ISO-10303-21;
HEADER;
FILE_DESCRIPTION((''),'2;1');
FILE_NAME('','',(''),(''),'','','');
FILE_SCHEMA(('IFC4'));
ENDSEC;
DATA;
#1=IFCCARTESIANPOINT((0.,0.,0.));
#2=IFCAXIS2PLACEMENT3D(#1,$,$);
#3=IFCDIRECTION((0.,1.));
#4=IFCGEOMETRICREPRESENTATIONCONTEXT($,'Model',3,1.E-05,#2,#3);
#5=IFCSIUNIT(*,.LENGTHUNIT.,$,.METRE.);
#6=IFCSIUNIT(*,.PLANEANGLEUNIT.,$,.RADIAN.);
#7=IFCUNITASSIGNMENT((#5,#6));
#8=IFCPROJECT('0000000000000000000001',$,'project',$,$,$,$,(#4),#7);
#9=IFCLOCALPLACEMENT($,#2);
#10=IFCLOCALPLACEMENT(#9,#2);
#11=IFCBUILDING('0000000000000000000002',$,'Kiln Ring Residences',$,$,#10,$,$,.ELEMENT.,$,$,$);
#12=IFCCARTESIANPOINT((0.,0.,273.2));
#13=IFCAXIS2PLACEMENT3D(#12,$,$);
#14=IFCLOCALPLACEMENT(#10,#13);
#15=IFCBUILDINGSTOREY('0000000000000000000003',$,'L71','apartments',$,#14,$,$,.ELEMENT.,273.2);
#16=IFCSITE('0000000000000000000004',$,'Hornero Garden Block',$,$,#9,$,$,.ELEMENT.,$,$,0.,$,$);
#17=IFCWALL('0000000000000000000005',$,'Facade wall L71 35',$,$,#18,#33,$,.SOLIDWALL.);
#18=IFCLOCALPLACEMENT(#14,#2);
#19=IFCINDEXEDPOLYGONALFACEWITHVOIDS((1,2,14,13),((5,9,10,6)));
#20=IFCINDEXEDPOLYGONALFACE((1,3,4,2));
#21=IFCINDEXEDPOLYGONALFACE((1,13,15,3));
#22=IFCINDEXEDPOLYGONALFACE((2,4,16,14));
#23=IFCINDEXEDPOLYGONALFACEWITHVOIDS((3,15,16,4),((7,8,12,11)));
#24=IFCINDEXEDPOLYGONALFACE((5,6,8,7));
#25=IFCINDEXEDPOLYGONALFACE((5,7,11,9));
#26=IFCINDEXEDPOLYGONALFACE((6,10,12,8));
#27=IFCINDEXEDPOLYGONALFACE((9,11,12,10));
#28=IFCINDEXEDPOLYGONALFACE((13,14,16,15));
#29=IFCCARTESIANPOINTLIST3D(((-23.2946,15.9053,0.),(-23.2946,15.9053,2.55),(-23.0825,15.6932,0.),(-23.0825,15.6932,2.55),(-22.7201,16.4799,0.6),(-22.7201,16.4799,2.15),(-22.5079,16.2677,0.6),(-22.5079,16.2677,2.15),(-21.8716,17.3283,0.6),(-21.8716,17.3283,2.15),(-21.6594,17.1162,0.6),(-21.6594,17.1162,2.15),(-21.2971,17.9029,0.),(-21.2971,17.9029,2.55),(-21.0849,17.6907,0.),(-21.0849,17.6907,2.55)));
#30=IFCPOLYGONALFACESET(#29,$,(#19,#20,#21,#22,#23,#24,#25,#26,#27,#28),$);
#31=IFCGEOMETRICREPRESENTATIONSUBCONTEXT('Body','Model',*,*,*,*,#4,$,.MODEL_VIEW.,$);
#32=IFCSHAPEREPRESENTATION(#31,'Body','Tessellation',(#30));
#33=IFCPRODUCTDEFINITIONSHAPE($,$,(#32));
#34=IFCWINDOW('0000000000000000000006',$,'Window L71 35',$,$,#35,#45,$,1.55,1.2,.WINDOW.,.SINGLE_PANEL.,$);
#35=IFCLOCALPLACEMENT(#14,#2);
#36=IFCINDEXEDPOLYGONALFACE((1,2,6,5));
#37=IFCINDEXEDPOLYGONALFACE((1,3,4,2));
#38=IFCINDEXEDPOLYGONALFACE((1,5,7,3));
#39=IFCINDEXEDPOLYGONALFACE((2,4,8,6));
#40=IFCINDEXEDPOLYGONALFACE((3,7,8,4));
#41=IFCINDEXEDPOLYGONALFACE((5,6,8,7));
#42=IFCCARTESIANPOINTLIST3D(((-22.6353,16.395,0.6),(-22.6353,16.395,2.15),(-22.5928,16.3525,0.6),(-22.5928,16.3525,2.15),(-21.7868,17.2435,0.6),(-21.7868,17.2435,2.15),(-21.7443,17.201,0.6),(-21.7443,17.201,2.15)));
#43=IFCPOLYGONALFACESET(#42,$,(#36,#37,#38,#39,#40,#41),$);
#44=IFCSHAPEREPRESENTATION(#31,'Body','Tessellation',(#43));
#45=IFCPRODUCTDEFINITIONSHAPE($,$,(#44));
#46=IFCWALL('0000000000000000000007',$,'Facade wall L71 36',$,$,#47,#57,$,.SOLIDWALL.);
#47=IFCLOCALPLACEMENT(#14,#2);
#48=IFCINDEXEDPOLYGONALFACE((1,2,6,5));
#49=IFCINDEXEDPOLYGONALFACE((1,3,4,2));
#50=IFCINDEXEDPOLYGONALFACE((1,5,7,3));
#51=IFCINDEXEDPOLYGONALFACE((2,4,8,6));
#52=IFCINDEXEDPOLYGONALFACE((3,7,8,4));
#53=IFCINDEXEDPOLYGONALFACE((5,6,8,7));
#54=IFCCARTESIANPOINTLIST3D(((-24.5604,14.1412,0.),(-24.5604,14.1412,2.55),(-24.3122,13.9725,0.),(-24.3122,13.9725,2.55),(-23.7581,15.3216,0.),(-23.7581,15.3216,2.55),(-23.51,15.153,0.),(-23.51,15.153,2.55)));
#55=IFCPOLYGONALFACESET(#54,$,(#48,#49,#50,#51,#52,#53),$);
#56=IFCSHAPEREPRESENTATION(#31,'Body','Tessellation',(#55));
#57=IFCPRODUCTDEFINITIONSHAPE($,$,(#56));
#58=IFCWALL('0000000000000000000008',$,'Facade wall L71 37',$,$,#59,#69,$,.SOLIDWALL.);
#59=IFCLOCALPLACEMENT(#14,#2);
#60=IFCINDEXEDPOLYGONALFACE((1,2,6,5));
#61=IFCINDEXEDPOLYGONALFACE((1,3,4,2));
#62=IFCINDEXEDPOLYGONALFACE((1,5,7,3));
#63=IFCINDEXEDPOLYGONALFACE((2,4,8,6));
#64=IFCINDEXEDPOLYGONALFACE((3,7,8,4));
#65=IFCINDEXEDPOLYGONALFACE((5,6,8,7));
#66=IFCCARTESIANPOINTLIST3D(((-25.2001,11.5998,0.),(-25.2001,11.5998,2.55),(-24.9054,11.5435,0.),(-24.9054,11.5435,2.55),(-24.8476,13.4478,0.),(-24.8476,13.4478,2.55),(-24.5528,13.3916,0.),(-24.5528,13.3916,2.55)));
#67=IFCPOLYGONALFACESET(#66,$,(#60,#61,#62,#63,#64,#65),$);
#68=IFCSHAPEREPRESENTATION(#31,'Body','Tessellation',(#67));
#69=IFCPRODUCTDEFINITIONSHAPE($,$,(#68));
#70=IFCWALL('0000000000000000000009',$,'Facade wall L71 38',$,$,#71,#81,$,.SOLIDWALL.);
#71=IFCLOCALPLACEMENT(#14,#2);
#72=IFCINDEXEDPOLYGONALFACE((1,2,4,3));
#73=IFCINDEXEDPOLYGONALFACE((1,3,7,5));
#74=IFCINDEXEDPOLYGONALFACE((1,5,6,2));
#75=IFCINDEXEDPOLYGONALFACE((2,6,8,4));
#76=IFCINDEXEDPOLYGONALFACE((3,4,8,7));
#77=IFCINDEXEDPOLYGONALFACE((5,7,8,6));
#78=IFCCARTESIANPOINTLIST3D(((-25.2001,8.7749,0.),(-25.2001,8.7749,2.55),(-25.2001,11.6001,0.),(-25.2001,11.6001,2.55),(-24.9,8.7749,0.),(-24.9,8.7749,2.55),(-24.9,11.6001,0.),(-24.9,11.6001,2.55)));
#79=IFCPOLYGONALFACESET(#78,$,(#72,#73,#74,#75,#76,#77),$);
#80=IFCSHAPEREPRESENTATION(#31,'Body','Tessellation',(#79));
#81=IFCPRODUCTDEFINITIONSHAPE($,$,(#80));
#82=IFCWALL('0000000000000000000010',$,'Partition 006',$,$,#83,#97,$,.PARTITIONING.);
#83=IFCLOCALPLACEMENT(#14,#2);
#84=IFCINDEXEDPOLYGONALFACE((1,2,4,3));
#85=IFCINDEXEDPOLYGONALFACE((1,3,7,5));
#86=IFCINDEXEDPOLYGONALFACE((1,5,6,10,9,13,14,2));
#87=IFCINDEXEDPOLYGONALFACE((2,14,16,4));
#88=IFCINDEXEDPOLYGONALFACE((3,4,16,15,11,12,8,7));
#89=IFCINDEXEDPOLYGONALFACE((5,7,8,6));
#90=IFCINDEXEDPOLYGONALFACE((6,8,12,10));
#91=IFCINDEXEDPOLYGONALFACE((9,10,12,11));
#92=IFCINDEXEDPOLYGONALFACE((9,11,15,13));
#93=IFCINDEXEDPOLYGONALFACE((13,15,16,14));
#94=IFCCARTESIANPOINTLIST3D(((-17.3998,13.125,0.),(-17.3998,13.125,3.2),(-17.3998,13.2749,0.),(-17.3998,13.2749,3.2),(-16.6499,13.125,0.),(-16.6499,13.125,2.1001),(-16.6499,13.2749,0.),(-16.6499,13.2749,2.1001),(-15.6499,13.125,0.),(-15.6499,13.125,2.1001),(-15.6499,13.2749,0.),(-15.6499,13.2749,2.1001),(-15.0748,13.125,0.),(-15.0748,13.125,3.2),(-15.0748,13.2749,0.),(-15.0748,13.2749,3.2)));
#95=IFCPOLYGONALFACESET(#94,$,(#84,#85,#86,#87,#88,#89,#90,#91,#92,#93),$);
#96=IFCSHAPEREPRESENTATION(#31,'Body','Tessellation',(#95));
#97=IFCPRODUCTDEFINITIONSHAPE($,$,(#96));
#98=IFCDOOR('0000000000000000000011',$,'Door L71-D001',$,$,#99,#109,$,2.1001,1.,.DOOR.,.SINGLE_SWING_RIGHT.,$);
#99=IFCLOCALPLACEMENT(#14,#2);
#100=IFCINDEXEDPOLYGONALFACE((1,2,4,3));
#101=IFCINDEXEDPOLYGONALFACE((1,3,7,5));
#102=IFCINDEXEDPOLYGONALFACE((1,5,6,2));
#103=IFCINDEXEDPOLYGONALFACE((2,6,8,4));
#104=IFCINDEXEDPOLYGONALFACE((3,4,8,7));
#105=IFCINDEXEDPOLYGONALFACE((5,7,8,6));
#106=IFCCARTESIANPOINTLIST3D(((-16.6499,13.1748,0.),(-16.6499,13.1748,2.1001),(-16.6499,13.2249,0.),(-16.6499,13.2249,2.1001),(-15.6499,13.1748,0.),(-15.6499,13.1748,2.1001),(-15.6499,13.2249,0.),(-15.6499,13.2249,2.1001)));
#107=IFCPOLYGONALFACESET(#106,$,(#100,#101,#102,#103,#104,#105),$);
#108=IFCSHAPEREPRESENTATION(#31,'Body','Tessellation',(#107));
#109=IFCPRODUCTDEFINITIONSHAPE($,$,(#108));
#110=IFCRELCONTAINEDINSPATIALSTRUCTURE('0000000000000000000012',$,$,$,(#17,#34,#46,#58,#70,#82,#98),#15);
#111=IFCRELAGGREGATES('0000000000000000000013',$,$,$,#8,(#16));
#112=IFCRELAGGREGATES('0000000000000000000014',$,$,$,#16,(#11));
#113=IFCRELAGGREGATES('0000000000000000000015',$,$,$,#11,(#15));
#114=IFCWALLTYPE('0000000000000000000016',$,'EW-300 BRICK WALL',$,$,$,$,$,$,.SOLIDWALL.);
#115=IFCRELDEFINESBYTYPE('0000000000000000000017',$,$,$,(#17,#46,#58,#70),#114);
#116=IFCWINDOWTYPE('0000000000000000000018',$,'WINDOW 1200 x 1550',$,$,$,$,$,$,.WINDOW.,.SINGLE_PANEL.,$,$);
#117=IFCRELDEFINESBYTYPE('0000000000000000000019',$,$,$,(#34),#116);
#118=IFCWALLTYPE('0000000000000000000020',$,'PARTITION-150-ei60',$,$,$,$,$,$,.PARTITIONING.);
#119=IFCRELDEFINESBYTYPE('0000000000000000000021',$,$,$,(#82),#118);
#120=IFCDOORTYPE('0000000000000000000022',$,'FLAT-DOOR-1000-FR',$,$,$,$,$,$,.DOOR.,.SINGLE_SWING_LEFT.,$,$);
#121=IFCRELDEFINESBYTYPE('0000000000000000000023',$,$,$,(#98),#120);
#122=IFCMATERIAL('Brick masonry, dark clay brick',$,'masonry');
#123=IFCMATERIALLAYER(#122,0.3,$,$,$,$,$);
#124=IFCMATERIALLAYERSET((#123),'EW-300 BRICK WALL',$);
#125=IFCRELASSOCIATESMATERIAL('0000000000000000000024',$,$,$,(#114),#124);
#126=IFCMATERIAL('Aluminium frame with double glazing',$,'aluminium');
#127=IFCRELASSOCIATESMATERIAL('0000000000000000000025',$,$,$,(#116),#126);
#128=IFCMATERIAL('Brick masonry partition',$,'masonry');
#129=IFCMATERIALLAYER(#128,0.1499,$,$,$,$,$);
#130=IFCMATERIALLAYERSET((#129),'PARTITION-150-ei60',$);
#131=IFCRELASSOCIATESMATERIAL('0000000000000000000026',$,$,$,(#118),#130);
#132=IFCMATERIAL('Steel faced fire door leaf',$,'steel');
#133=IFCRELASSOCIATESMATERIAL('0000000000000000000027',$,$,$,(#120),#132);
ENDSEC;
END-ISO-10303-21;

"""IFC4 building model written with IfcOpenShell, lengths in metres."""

from ifc_helpers import new_model, si_unit, direction, frame, frame_2d, origin, place, context, subcontext, project, spatial, rectangle, extrude, material, layer, layer_set, type_object, element, fill, save


model = new_model("IFC4")

# Units and contexts
model_context = context("Model", 3, precision=1e-05, world=origin(), true_north=direction((0.0, 1.0)))
body_context = subcontext(model_context, "Body", "Model", "MODEL_VIEW")
ifc_project = project(units=[si_unit("LENGTHUNIT", "METRE"), si_unit("PLANEANGLEUNIT", "RADIAN")], contexts=[model_context])

# Site, building, storey
site_placement = place(None, origin())
site = spatial("IfcSite", under=ifc_project, at=site_placement, Name="Hornero Garden Block", CompositionType="ELEMENT", RefElevation=0.0)
building_placement = place(site_placement, origin())
building = spatial("IfcBuilding", under=site, at=building_placement, Name="Kiln Ring Residences", CompositionType="ELEMENT")
storey_placement = place(building_placement, frame((0.0, 0.0, 273.2)))
storey = spatial("IfcBuildingStorey", under=building, at=storey_placement, Name="L71", Description="apartments", CompositionType="ELEMENT", Elevation=273.2)

# Wall, opening, window
ifc_material_1 = material(Name="Brick masonry, dark clay brick", Category="masonry")
ifc_layer_1 = layer(ifc_material_1, 0.3)
ifc_layer_set_1 = layer_set([ifc_layer_1], Name="EW-300 BRICK WALL")
wall_type_1 = type_object("IfcWallType", Name="EW-300 BRICK WALL", PredefinedType="SOLIDWALL", material=ifc_layer_set_1)
wall_1_placement = place(storey_placement, frame((-21.1909, 17.7969, 0.0), z_axis=(0.0, 0.0, 1.0), x_axis=(-0.707107, -0.707107, 0.0)))
wall_1 = element("IfcWall", 1, at=wall_1_placement, inside=storey, type_object=wall_type_1, Name="Facade wall L71 35", PredefinedType="SOLIDWALL", context=body_context, shape_type="SweptSolid", body=[
    extrude(rectangle(XDim=2.825, YDim=0.3, at=frame_2d((1.4126, 0.0))), origin(), (0.0, 0.0, 1.0), 2.55),
])
opening_1_placement = place(wall_1_placement, frame((0.8125, 0.0, 0.6001)))
opening_1 = element("IfcOpeningElement", 2, at=opening_1_placement, cuts=wall_1, PredefinedType="OPENING", context=body_context, shape_type="SweptSolid", body=[
    extrude(rectangle(XDim=1.2, YDim=1.55, at=frame_2d((0.6001, 0.7749))), frame((0.0, 0.1599, 0.0), z_axis=(0.0, -1.0, 0.0), x_axis=(1.0, 0.0, 0.0)), (0.0, 0.0, 1.0), 0.3201),
])
ifc_material_2 = material(Name="Aluminium frame with double glazing", Category="aluminium")
window_type_1 = type_object("IfcWindowType", Name="WINDOW 1200 x 1550", PartitioningType="SINGLE_PANEL", PredefinedType="WINDOW", material=ifc_material_2)
window_1_placement = place(opening_1_placement, origin())
window_1 = element("IfcWindow", 3, at=window_1_placement, inside=storey, type_object=window_type_1, Name="Window L71 35", OverallHeight=1.55, OverallWidth=1.2, PartitioningType="SINGLE_PANEL", PredefinedType="WINDOW", context=body_context, shape_type="SweptSolid", body=[
    extrude(rectangle(XDim=1.2, YDim=1.55, at=frame_2d((0.6001, 0.7749))), frame((0.0, 0.03, 0.0), z_axis=(0.0, -1.0, 0.0), x_axis=(1.0, 0.0, 0.0)), (0.0, 0.0, 1.0), 0.0601),
])
fill(opening_1, window_1)

# Walls
wall_2_placement = place(storey_placement, frame((-23.634, 15.2373, 0.0), z_axis=(0.0, 0.0, 1.0), x_axis=(-0.562099, -0.82707, 0.0)))
element("IfcWall", 4, at=wall_2_placement, inside=storey, type_object=wall_type_1, Name="Facade wall L71 36", PredefinedType="SOLIDWALL", context=body_context, shape_type="SweptSolid", body=[
    extrude(rectangle(XDim=1.4272, YDim=0.3, at=frame_2d((0.7136, 0.0))), origin(), (0.0, 0.0, 1.0), 2.55),
])
wall_3_placement = place(storey_placement, frame((-24.7002, 13.4197, 0.0), z_axis=(0.0, 0.0, 1.0), x_axis=(-0.187398, -0.982284, 0.0)))
element("IfcWall", 5, at=wall_3_placement, inside=storey, type_object=wall_type_1, Name="Facade wall L71 37", PredefinedType="SOLIDWALL", context=body_context, shape_type="SweptSolid", body=[
    extrude(rectangle(XDim=1.8813, YDim=0.3, at=frame_2d((0.9407, 0.0))), origin(), (0.0, 0.0, 1.0), 2.55),
])
wall_4_placement = place(storey_placement, frame((-25.05, 11.6001, 0.0), z_axis=(0.0, 0.0, 1.0), x_axis=(0.0, -1.0, 0.0)))
element("IfcWall", 6, at=wall_4_placement, inside=storey, type_object=wall_type_1, Name="Facade wall L71 38", PredefinedType="SOLIDWALL", context=body_context, shape_type="SweptSolid", body=[
    extrude(rectangle(XDim=2.8252, YDim=0.3, at=frame_2d((1.4126, 0.0))), origin(), (0.0, 0.0, 1.0), 2.55),
])

# Wall, opening, door
ifc_material_3 = material(Name="Brick masonry partition", Category="masonry")
ifc_layer_2 = layer(ifc_material_3, 0.1499)
ifc_layer_set_2 = layer_set([ifc_layer_2], Name="PARTITION-150-ei60")
wall_type_2 = type_object("IfcWallType", Name="PARTITION-150-ei60", PredefinedType="PARTITIONING", material=ifc_layer_set_2)
wall_5_placement = place(storey_placement, frame((-17.3999, 13.2, 0.0), z_axis=(0.0, 0.0, 1.0), x_axis=(1.0, 0.0, 0.0)))
wall_5 = element("IfcWall", 7, at=wall_5_placement, inside=storey, type_object=wall_type_2, Name="Partition 006", PredefinedType="PARTITIONING", context=body_context, shape_type="SweptSolid", body=[
    extrude(rectangle(XDim=2.325, YDim=0.1499, at=frame_2d((1.1626, 0.0))), origin(), (0.0, 0.0, 1.0), 3.2),
])
opening_2_placement = place(wall_5_placement, frame((0.75, 0.0, 0.0)))
opening_2 = element("IfcOpeningElement", 8, at=opening_2_placement, cuts=wall_5, PredefinedType="OPENING", context=body_context, shape_type="SweptSolid", body=[
    extrude(rectangle(XDim=1.0, YDim=2.1001, at=frame_2d((0.5, 1.05))), frame((0.0, 0.085, 0.0), z_axis=(0.0, -1.0, 0.0), x_axis=(1.0, 0.0, 0.0)), (0.0, 0.0, 1.0), 0.1699),
])
ifc_material_4 = material(Name="Steel faced fire door leaf", Category="steel")
door_type_1 = type_object("IfcDoorType", Name="FLAT-DOOR-1000-FR", OperationType="SINGLE_SWING_LEFT", PredefinedType="DOOR", material=ifc_material_4)
door_1_placement = place(opening_2_placement, origin())
door_1 = element("IfcDoor", 9, at=door_1_placement, inside=storey, type_object=door_type_1, Name="Door L71-D001", OperationType="SINGLE_SWING_RIGHT", OverallHeight=2.1001, OverallWidth=1.0, PredefinedType="DOOR", context=body_context, shape_type="SweptSolid", body=[
    extrude(rectangle(XDim=1.0, YDim=2.1001, at=frame_2d((0.5, 1.05))), frame((0.0, 0.0249, 0.0), z_axis=(0.0, -1.0, 0.0), x_axis=(1.0, 0.0, 0.0)), (0.0, 0.0, 1.0), 0.05),
])
fill(opening_2, door_1)

save(model, "model.ifc")
